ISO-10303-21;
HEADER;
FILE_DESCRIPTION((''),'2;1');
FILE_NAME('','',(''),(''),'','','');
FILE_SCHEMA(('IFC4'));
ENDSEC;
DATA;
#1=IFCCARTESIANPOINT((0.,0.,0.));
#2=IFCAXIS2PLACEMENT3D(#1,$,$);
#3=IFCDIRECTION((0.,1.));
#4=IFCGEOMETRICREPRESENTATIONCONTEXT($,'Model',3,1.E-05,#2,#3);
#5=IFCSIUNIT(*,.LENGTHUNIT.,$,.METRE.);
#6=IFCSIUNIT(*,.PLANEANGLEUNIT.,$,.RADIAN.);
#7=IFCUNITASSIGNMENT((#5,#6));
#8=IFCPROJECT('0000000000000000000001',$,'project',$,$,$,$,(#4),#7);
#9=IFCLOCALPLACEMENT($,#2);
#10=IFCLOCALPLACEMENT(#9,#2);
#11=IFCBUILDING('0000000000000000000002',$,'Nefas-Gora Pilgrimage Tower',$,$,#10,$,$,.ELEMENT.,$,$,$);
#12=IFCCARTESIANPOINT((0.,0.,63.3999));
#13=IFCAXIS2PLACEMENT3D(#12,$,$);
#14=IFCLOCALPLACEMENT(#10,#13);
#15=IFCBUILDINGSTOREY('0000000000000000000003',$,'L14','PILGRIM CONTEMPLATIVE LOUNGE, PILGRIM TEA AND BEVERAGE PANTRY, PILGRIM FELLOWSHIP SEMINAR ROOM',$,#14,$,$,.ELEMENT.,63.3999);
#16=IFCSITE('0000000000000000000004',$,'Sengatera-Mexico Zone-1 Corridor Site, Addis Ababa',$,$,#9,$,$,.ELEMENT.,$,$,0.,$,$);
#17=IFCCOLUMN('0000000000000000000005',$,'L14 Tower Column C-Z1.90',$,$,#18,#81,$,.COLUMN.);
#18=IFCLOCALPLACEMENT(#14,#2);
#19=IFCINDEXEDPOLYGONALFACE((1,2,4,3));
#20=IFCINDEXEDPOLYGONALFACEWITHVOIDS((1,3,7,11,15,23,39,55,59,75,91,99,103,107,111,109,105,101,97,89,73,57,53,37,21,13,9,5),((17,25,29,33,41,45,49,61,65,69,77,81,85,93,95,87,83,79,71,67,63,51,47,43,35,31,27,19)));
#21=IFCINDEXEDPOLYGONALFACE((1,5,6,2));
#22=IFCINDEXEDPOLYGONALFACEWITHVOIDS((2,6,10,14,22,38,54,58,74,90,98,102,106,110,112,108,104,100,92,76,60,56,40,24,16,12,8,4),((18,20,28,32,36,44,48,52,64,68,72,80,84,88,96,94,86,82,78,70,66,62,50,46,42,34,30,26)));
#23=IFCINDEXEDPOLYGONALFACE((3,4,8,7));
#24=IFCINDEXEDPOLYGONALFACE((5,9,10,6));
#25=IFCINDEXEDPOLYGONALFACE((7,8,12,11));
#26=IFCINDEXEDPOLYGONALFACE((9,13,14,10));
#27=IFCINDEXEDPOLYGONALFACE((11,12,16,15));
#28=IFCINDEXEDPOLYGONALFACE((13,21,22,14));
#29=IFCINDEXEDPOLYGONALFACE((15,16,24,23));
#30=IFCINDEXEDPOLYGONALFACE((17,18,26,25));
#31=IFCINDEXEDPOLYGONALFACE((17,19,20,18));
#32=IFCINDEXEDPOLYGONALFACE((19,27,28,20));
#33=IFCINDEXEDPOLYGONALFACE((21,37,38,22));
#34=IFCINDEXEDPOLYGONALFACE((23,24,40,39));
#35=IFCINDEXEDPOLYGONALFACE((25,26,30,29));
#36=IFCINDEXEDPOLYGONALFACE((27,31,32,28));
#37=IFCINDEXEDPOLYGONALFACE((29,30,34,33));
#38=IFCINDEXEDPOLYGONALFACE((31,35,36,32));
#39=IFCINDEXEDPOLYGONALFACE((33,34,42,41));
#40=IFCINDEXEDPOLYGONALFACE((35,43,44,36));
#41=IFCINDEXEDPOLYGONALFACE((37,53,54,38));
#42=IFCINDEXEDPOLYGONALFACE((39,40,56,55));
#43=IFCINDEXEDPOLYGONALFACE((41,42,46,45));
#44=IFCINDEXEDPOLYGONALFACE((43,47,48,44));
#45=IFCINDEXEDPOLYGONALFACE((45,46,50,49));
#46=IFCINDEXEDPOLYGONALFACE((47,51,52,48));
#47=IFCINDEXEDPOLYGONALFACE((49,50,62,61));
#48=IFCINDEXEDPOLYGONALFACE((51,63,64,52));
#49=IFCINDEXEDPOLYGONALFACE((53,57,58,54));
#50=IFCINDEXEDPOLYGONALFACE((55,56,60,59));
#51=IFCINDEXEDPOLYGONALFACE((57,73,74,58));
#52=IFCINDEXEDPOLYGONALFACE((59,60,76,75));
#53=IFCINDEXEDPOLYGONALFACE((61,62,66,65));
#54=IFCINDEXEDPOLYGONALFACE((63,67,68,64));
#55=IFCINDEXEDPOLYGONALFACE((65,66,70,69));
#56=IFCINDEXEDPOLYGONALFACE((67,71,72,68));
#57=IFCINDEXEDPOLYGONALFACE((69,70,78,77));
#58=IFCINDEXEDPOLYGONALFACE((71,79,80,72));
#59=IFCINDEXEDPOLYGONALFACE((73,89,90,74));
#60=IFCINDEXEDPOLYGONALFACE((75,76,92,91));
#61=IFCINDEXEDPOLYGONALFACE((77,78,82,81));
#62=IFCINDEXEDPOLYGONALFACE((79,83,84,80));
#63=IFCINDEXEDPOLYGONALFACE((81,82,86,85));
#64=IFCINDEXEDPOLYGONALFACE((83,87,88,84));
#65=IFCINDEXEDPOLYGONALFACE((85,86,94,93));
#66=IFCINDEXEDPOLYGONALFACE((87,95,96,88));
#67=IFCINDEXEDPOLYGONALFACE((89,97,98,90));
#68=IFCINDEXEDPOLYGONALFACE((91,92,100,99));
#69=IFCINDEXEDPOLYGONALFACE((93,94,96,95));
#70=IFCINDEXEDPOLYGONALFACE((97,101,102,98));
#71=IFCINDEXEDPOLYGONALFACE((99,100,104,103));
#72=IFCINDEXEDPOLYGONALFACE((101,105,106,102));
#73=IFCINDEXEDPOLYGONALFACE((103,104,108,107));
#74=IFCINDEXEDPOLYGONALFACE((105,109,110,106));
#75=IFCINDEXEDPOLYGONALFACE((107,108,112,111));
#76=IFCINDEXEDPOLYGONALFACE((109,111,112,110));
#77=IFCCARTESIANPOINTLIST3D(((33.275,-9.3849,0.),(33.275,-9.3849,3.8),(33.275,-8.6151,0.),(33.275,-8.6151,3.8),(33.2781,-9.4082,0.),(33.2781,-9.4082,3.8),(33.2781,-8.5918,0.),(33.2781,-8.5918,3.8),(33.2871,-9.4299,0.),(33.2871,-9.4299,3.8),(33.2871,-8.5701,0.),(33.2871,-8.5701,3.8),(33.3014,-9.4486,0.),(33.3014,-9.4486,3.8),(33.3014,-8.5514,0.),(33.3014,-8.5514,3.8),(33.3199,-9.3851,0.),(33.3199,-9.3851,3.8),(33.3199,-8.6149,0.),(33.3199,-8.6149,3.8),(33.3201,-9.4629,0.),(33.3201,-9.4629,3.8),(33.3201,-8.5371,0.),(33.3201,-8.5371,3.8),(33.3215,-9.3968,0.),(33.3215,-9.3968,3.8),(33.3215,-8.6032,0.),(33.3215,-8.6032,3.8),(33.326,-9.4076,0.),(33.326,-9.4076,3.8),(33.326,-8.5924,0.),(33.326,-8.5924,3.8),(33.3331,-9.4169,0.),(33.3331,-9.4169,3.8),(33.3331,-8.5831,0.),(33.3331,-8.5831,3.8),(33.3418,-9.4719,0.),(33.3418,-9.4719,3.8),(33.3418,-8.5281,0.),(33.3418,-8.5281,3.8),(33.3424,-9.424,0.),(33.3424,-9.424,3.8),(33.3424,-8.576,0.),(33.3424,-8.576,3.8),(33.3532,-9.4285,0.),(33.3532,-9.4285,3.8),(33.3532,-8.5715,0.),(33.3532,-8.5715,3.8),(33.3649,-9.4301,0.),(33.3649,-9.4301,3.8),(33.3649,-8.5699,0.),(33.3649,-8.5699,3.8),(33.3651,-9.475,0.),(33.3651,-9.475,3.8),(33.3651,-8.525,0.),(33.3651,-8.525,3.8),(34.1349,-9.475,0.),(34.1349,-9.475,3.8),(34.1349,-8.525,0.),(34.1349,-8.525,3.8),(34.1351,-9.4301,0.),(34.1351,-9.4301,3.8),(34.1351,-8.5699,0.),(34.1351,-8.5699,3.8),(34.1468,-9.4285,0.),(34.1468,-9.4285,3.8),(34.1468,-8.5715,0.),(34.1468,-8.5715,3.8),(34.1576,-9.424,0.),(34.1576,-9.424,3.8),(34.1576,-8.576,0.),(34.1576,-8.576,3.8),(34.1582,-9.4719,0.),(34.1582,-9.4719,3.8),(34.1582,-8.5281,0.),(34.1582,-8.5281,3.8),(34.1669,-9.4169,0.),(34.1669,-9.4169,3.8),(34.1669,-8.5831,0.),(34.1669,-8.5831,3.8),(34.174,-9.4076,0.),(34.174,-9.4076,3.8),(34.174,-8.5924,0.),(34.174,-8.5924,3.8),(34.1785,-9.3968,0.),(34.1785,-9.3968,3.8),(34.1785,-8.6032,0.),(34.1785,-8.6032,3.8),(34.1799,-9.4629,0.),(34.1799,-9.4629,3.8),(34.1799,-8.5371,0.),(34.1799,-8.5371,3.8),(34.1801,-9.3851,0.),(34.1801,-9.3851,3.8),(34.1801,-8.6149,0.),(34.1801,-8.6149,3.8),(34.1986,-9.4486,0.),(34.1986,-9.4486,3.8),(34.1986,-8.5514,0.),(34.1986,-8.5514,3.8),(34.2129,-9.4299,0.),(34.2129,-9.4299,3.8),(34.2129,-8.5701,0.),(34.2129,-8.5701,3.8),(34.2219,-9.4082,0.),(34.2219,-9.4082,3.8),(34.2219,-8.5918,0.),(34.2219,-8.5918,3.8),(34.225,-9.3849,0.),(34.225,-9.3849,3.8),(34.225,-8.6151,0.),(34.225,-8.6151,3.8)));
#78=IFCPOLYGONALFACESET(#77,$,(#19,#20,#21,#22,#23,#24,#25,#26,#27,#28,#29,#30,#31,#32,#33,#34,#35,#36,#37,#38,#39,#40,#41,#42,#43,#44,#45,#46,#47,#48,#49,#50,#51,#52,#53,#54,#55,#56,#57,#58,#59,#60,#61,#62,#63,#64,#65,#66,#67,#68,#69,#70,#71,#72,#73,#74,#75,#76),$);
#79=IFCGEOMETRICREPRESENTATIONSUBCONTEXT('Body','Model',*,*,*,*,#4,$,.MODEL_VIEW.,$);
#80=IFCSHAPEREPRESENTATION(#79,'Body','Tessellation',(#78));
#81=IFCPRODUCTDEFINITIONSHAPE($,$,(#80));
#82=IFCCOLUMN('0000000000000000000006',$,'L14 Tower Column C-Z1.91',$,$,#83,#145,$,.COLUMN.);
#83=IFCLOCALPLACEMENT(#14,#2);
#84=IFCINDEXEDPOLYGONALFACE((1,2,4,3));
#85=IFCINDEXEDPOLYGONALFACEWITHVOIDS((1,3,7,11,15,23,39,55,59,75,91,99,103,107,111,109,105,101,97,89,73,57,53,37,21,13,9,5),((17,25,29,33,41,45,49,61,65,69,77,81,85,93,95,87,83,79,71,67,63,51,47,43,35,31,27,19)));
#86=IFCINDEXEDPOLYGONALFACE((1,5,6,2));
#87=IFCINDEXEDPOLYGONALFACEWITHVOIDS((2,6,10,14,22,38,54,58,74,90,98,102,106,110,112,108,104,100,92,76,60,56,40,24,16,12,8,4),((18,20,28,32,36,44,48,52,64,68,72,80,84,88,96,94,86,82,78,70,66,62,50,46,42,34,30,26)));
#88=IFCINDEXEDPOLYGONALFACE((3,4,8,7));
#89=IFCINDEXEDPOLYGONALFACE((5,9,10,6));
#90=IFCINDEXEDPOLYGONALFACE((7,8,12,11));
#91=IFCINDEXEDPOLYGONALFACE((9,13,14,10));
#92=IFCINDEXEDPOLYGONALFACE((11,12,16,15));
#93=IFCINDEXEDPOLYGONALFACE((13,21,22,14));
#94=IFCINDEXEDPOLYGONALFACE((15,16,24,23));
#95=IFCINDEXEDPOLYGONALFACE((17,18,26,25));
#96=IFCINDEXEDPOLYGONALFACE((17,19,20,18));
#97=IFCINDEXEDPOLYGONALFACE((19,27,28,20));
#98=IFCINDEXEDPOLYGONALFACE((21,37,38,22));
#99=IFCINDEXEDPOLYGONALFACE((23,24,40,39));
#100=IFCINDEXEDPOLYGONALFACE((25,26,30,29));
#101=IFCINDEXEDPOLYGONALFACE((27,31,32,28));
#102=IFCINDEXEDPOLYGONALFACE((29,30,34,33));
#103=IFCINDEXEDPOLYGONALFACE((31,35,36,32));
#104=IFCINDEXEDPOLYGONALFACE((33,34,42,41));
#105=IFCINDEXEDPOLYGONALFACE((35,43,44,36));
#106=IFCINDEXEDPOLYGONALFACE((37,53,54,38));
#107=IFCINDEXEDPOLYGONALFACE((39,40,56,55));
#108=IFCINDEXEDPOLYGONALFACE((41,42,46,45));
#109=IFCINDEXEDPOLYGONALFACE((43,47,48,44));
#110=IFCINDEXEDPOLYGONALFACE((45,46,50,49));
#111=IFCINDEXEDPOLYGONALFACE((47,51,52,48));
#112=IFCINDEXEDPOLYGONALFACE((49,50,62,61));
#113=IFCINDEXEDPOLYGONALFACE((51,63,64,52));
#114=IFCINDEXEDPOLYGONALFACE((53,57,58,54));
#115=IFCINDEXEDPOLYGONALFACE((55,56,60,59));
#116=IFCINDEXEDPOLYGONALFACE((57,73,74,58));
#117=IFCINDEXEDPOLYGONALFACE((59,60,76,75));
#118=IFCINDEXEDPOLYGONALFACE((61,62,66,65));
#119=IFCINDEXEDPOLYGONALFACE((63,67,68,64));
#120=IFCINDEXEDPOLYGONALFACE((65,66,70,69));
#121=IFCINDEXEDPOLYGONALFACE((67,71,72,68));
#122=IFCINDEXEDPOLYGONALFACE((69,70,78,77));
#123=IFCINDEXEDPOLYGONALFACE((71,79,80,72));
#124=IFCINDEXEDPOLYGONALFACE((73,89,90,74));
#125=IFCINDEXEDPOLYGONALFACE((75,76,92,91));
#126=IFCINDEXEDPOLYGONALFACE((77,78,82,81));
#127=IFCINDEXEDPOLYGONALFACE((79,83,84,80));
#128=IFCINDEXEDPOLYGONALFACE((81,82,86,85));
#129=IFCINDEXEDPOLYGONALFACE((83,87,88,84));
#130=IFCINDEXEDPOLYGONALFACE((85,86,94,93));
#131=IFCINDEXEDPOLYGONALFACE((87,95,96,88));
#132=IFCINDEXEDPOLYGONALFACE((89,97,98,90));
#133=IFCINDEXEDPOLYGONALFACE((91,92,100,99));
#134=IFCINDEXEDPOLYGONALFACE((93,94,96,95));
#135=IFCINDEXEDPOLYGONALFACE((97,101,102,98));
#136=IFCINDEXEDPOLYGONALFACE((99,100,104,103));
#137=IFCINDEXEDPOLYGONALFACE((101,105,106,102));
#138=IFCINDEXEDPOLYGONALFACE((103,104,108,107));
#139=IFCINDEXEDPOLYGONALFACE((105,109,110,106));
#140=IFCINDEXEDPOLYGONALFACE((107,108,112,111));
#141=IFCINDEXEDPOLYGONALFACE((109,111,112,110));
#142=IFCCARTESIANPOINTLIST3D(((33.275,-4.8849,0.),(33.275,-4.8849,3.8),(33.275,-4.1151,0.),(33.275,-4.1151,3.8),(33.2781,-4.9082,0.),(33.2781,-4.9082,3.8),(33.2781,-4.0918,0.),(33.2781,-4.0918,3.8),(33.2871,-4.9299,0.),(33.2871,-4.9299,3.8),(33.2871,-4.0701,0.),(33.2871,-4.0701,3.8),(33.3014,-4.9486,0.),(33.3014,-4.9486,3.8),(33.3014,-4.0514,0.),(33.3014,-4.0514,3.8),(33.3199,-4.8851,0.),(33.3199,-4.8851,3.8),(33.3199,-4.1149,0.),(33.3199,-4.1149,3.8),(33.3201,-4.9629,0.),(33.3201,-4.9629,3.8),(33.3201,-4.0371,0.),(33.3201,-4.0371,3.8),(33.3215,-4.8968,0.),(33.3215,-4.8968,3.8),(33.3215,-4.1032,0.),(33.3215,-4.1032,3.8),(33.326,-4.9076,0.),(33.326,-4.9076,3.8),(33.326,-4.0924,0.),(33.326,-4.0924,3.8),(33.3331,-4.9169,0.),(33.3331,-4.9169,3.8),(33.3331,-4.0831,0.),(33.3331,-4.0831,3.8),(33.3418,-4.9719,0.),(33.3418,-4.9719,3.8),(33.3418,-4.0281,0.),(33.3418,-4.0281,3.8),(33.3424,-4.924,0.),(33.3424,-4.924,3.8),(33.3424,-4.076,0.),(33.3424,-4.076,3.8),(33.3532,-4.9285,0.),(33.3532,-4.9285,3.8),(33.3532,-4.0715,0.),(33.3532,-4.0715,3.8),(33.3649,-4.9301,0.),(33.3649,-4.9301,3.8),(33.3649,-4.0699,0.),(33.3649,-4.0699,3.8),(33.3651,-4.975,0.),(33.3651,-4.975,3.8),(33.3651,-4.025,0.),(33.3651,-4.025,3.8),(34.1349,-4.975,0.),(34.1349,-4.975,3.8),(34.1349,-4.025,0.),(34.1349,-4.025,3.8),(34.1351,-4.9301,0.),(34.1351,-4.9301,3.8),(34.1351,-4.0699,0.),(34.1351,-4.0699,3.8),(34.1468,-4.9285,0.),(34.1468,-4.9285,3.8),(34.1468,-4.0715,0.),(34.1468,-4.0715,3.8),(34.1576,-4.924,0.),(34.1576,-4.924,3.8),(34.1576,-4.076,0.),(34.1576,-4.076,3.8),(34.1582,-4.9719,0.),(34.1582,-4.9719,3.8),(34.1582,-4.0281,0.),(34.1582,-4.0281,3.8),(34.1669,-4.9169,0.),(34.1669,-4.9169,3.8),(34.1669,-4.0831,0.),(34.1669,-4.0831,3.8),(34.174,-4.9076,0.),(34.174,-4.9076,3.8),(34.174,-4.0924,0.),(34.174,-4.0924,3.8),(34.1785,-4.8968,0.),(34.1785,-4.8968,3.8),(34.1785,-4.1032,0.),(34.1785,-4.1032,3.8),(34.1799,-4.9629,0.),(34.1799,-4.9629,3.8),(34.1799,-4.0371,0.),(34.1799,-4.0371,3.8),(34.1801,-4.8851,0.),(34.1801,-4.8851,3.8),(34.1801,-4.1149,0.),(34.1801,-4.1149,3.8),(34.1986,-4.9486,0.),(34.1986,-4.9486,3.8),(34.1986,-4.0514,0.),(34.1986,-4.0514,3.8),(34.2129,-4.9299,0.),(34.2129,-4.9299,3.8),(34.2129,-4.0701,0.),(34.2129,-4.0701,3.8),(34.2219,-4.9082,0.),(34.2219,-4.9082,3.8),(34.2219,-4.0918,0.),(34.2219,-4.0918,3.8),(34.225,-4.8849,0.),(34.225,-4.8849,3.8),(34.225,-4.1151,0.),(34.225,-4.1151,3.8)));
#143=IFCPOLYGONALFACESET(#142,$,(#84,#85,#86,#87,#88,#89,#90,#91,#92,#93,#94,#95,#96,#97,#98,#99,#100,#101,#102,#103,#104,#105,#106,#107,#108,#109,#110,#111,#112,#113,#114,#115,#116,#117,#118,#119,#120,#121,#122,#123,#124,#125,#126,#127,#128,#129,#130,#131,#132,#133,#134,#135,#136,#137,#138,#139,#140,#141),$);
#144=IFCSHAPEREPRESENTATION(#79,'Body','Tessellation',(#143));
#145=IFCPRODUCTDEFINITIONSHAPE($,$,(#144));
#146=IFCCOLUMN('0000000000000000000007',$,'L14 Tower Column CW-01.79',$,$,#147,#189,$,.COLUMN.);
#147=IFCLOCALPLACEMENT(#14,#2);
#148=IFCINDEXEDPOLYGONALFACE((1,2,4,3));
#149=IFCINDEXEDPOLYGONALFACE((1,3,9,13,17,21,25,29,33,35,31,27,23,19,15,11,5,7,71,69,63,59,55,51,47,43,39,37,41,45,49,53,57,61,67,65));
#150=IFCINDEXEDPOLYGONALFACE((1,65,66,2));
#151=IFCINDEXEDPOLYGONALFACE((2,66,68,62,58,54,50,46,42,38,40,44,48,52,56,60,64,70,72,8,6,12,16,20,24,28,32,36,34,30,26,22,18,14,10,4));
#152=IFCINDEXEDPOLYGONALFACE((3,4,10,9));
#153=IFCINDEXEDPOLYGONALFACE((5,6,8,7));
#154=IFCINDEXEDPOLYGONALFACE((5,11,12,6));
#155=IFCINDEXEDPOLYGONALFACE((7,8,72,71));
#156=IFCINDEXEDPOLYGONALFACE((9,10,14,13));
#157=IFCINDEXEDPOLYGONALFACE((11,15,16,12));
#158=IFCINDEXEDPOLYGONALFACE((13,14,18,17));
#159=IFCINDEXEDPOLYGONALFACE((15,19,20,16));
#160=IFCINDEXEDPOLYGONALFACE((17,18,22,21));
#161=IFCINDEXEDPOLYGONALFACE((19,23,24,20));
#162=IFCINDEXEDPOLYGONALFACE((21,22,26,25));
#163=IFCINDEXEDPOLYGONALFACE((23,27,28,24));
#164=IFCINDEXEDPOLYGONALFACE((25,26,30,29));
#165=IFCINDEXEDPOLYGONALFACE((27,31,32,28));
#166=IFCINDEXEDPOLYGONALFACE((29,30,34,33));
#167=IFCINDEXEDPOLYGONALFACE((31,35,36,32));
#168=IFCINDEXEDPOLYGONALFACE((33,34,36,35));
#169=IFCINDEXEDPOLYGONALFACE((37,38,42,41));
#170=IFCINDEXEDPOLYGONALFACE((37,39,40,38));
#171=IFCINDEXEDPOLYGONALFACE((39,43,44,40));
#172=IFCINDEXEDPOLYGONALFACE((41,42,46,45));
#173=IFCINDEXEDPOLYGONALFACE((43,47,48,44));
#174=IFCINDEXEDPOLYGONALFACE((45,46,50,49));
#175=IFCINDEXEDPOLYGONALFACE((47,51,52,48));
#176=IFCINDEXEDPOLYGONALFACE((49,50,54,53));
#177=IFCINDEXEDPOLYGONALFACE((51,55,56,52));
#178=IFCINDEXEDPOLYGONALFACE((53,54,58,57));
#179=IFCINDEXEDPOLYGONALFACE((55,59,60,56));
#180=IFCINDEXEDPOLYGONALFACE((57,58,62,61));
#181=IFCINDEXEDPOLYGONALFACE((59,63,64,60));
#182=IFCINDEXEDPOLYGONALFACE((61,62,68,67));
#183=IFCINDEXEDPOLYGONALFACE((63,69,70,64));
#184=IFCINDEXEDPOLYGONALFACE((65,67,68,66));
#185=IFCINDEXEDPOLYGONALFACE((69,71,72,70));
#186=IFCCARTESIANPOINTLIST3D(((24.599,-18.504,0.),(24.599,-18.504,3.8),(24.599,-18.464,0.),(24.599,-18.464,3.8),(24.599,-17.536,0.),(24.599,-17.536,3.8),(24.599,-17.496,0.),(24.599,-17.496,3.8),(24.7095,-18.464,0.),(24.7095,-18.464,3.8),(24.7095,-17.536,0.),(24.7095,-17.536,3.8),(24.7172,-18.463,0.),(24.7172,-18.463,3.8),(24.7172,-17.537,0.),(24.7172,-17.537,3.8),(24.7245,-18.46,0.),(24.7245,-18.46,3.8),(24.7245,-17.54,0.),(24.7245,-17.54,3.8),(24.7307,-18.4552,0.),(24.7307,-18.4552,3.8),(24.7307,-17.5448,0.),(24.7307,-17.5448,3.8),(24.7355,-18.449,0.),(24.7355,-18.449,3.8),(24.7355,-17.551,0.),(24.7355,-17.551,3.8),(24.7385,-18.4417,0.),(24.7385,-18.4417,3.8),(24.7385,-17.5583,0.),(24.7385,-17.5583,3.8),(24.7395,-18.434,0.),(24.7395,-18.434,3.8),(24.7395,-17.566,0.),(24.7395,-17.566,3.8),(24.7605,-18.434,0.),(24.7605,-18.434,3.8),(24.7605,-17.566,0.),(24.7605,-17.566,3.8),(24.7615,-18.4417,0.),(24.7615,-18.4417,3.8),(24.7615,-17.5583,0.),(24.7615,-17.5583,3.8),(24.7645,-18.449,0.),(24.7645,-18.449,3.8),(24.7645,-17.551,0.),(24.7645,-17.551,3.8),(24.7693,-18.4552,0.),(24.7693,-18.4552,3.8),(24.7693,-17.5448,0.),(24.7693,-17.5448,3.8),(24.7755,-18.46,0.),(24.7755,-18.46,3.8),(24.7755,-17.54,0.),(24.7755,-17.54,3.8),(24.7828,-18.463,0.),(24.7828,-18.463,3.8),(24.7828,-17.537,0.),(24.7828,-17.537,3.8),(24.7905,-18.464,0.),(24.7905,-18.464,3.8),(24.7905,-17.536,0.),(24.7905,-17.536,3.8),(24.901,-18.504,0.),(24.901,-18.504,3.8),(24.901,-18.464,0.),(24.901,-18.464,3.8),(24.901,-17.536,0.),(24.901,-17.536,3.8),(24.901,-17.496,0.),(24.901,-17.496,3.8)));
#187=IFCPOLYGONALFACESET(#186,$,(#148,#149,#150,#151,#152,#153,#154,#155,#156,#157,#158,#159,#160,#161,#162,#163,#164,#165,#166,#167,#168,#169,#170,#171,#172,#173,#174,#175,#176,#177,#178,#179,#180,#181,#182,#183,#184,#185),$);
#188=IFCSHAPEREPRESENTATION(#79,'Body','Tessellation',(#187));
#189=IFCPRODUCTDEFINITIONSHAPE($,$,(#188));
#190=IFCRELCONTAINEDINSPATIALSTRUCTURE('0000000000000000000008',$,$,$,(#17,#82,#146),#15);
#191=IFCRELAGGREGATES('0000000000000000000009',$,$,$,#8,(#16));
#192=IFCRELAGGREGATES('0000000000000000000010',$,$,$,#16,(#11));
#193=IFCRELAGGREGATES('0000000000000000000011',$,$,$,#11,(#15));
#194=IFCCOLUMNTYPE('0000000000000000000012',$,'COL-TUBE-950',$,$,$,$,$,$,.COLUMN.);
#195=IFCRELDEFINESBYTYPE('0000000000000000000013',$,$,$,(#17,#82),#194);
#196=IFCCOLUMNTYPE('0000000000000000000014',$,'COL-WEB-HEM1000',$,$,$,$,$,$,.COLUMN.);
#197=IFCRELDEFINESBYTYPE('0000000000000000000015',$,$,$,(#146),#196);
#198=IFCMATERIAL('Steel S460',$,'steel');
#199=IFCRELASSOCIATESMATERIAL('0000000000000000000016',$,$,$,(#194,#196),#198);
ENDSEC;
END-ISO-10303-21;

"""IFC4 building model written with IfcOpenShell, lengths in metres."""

from ifc_helpers import new_model, si_unit, direction, frame, origin, origin_2d, place, context, subcontext, project, spatial, hollow_rectangle, i_section, extrude, source, transform, mapped, material, material_profile, profile_set, type_object, element, save


model = new_model("IFC4")

# Units and contexts
model_context = context("Model", 3, precision=1e-05, world=origin(), true_north=direction((0.0, 1.0)))
body_context = subcontext(model_context, "Body", "Model", "MODEL_VIEW")
ifc_project = project(units=[si_unit("LENGTHUNIT", "METRE"), si_unit("PLANEANGLEUNIT", "RADIAN")], contexts=[model_context])

# Site, building, storey
site_placement = place(None, origin())
site = spatial("IfcSite", under=ifc_project, at=site_placement, Name="Sengatera-Mexico Zone-1 Corridor Site, Addis Ababa", CompositionType="ELEMENT", RefElevation=0.0)
building_placement = place(site_placement, origin())
building = spatial("IfcBuilding", under=site, at=building_placement, Name="Nefas-Gora Pilgrimage Tower", CompositionType="ELEMENT")
storey_placement = place(building_placement, frame((0.0, 0.0, 63.3999)))
storey = spatial("IfcBuildingStorey", under=building, at=storey_placement, Name="L14", Description="PILGRIM CONTEMPLATIVE LOUNGE, PILGRIM TEA AND BEVERAGE PANTRY, PILGRIM FELLOWSHIP SEMINAR ROOM", CompositionType="ELEMENT", Elevation=63.3999)

# Columns
ifc_material_1 = material(Name="Steel S460", Category="steel")
ifc_material_profile_1 = material_profile(ifc_material_1, hollow_rectangle(XDim=0.95, YDim=0.95, WallThickness=0.0449, InnerFilletRadius=0.0449, OuterFilletRadius=0.0901, at=origin_2d()), Name="BOX 950x950x45")
ifc_profile_set_1 = profile_set([ifc_material_profile_1], Name="Steel S460")
column_type_1 = type_object("IfcColumnType", Name="COL-TUBE-950", PredefinedType="COLUMN", material=ifc_profile_set_1)
shared_shape_1 = source(origin(), body_context, "Body", "SweptSolid", [
    extrude(hollow_rectangle(XDim=0.95, YDim=0.95, WallThickness=0.0449, InnerFilletRadius=0.0449, OuterFilletRadius=0.0901, at=origin_2d()), origin(), (0.0, 0.0, 1.0), 3.8),
])
for number, where, z_axis, x_axis, name in (
    (1, (33.75, -9.0, 0.0), (0.0, 0.0, 1.0), (1.0, 0.0, 0.0), "L14 Tower Column C-Z1.90"),
    (2, (33.75, -4.5, 0.0), (0.0, 0.0, 1.0), (1.0, 0.0, 0.0), "L14 Tower Column C-Z1.91"),
):
    element("IfcColumn", number, at=place(storey_placement, frame(where, z_axis=z_axis, x_axis=x_axis)), inside=storey, type_object=column_type_1, Name=name, PredefinedType="COLUMN", context=body_context, shape_type="MappedRepresentation", body=[
        mapped(shared_shape_1, transform((0.0, 0.0, 0.0), x_axis=(1.0, 0.0, 0.0), y_axis=(0.0, 1.0, 0.0), z_axis=(0.0, 0.0, 1.0), scale=1.0)),
    ])
ifc_material_profile_2 = material_profile(ifc_material_1, i_section(OverallWidth=0.302, OverallDepth=1.0081, WebThickness=0.021, FlangeThickness=0.04, FilletRadius=0.03, at=origin_2d()), Name="HEM 1000")
ifc_profile_set_2 = profile_set([ifc_material_profile_2], Name="Steel S460")
column_type_2 = type_object("IfcColumnType", Name="COL-WEB-HEM1000", PredefinedType="COLUMN", material=ifc_profile_set_2)
shared_shape_2 = source(origin(), body_context, "Body", "SweptSolid", [
    extrude(i_section(OverallWidth=0.302, OverallDepth=1.0081, WebThickness=0.021, FlangeThickness=0.04, FilletRadius=0.03, at=origin_2d()), origin(), (0.0, 0.0, 1.0), 3.8),
])
for number, where, z_axis, x_axis, name in (
    (3, (24.75, -18.0, 0.0), (0.0, 0.0, 1.0), (1.0, 0.0, 0.0), "L14 Tower Column CW-01.79"),
):
    element("IfcColumn", number, at=place(storey_placement, frame(where, z_axis=z_axis, x_axis=x_axis)), inside=storey, type_object=column_type_2, Name=name, PredefinedType="COLUMN", context=body_context, shape_type="MappedRepresentation", body=[
        mapped(shared_shape_2, transform((0.0, 0.0, 0.0), x_axis=(1.0, 0.0, 0.0), y_axis=(0.0, 1.0, 0.0), z_axis=(0.0, 0.0, 1.0), scale=1.0)),
    ])

save(model, "model.ifc")
